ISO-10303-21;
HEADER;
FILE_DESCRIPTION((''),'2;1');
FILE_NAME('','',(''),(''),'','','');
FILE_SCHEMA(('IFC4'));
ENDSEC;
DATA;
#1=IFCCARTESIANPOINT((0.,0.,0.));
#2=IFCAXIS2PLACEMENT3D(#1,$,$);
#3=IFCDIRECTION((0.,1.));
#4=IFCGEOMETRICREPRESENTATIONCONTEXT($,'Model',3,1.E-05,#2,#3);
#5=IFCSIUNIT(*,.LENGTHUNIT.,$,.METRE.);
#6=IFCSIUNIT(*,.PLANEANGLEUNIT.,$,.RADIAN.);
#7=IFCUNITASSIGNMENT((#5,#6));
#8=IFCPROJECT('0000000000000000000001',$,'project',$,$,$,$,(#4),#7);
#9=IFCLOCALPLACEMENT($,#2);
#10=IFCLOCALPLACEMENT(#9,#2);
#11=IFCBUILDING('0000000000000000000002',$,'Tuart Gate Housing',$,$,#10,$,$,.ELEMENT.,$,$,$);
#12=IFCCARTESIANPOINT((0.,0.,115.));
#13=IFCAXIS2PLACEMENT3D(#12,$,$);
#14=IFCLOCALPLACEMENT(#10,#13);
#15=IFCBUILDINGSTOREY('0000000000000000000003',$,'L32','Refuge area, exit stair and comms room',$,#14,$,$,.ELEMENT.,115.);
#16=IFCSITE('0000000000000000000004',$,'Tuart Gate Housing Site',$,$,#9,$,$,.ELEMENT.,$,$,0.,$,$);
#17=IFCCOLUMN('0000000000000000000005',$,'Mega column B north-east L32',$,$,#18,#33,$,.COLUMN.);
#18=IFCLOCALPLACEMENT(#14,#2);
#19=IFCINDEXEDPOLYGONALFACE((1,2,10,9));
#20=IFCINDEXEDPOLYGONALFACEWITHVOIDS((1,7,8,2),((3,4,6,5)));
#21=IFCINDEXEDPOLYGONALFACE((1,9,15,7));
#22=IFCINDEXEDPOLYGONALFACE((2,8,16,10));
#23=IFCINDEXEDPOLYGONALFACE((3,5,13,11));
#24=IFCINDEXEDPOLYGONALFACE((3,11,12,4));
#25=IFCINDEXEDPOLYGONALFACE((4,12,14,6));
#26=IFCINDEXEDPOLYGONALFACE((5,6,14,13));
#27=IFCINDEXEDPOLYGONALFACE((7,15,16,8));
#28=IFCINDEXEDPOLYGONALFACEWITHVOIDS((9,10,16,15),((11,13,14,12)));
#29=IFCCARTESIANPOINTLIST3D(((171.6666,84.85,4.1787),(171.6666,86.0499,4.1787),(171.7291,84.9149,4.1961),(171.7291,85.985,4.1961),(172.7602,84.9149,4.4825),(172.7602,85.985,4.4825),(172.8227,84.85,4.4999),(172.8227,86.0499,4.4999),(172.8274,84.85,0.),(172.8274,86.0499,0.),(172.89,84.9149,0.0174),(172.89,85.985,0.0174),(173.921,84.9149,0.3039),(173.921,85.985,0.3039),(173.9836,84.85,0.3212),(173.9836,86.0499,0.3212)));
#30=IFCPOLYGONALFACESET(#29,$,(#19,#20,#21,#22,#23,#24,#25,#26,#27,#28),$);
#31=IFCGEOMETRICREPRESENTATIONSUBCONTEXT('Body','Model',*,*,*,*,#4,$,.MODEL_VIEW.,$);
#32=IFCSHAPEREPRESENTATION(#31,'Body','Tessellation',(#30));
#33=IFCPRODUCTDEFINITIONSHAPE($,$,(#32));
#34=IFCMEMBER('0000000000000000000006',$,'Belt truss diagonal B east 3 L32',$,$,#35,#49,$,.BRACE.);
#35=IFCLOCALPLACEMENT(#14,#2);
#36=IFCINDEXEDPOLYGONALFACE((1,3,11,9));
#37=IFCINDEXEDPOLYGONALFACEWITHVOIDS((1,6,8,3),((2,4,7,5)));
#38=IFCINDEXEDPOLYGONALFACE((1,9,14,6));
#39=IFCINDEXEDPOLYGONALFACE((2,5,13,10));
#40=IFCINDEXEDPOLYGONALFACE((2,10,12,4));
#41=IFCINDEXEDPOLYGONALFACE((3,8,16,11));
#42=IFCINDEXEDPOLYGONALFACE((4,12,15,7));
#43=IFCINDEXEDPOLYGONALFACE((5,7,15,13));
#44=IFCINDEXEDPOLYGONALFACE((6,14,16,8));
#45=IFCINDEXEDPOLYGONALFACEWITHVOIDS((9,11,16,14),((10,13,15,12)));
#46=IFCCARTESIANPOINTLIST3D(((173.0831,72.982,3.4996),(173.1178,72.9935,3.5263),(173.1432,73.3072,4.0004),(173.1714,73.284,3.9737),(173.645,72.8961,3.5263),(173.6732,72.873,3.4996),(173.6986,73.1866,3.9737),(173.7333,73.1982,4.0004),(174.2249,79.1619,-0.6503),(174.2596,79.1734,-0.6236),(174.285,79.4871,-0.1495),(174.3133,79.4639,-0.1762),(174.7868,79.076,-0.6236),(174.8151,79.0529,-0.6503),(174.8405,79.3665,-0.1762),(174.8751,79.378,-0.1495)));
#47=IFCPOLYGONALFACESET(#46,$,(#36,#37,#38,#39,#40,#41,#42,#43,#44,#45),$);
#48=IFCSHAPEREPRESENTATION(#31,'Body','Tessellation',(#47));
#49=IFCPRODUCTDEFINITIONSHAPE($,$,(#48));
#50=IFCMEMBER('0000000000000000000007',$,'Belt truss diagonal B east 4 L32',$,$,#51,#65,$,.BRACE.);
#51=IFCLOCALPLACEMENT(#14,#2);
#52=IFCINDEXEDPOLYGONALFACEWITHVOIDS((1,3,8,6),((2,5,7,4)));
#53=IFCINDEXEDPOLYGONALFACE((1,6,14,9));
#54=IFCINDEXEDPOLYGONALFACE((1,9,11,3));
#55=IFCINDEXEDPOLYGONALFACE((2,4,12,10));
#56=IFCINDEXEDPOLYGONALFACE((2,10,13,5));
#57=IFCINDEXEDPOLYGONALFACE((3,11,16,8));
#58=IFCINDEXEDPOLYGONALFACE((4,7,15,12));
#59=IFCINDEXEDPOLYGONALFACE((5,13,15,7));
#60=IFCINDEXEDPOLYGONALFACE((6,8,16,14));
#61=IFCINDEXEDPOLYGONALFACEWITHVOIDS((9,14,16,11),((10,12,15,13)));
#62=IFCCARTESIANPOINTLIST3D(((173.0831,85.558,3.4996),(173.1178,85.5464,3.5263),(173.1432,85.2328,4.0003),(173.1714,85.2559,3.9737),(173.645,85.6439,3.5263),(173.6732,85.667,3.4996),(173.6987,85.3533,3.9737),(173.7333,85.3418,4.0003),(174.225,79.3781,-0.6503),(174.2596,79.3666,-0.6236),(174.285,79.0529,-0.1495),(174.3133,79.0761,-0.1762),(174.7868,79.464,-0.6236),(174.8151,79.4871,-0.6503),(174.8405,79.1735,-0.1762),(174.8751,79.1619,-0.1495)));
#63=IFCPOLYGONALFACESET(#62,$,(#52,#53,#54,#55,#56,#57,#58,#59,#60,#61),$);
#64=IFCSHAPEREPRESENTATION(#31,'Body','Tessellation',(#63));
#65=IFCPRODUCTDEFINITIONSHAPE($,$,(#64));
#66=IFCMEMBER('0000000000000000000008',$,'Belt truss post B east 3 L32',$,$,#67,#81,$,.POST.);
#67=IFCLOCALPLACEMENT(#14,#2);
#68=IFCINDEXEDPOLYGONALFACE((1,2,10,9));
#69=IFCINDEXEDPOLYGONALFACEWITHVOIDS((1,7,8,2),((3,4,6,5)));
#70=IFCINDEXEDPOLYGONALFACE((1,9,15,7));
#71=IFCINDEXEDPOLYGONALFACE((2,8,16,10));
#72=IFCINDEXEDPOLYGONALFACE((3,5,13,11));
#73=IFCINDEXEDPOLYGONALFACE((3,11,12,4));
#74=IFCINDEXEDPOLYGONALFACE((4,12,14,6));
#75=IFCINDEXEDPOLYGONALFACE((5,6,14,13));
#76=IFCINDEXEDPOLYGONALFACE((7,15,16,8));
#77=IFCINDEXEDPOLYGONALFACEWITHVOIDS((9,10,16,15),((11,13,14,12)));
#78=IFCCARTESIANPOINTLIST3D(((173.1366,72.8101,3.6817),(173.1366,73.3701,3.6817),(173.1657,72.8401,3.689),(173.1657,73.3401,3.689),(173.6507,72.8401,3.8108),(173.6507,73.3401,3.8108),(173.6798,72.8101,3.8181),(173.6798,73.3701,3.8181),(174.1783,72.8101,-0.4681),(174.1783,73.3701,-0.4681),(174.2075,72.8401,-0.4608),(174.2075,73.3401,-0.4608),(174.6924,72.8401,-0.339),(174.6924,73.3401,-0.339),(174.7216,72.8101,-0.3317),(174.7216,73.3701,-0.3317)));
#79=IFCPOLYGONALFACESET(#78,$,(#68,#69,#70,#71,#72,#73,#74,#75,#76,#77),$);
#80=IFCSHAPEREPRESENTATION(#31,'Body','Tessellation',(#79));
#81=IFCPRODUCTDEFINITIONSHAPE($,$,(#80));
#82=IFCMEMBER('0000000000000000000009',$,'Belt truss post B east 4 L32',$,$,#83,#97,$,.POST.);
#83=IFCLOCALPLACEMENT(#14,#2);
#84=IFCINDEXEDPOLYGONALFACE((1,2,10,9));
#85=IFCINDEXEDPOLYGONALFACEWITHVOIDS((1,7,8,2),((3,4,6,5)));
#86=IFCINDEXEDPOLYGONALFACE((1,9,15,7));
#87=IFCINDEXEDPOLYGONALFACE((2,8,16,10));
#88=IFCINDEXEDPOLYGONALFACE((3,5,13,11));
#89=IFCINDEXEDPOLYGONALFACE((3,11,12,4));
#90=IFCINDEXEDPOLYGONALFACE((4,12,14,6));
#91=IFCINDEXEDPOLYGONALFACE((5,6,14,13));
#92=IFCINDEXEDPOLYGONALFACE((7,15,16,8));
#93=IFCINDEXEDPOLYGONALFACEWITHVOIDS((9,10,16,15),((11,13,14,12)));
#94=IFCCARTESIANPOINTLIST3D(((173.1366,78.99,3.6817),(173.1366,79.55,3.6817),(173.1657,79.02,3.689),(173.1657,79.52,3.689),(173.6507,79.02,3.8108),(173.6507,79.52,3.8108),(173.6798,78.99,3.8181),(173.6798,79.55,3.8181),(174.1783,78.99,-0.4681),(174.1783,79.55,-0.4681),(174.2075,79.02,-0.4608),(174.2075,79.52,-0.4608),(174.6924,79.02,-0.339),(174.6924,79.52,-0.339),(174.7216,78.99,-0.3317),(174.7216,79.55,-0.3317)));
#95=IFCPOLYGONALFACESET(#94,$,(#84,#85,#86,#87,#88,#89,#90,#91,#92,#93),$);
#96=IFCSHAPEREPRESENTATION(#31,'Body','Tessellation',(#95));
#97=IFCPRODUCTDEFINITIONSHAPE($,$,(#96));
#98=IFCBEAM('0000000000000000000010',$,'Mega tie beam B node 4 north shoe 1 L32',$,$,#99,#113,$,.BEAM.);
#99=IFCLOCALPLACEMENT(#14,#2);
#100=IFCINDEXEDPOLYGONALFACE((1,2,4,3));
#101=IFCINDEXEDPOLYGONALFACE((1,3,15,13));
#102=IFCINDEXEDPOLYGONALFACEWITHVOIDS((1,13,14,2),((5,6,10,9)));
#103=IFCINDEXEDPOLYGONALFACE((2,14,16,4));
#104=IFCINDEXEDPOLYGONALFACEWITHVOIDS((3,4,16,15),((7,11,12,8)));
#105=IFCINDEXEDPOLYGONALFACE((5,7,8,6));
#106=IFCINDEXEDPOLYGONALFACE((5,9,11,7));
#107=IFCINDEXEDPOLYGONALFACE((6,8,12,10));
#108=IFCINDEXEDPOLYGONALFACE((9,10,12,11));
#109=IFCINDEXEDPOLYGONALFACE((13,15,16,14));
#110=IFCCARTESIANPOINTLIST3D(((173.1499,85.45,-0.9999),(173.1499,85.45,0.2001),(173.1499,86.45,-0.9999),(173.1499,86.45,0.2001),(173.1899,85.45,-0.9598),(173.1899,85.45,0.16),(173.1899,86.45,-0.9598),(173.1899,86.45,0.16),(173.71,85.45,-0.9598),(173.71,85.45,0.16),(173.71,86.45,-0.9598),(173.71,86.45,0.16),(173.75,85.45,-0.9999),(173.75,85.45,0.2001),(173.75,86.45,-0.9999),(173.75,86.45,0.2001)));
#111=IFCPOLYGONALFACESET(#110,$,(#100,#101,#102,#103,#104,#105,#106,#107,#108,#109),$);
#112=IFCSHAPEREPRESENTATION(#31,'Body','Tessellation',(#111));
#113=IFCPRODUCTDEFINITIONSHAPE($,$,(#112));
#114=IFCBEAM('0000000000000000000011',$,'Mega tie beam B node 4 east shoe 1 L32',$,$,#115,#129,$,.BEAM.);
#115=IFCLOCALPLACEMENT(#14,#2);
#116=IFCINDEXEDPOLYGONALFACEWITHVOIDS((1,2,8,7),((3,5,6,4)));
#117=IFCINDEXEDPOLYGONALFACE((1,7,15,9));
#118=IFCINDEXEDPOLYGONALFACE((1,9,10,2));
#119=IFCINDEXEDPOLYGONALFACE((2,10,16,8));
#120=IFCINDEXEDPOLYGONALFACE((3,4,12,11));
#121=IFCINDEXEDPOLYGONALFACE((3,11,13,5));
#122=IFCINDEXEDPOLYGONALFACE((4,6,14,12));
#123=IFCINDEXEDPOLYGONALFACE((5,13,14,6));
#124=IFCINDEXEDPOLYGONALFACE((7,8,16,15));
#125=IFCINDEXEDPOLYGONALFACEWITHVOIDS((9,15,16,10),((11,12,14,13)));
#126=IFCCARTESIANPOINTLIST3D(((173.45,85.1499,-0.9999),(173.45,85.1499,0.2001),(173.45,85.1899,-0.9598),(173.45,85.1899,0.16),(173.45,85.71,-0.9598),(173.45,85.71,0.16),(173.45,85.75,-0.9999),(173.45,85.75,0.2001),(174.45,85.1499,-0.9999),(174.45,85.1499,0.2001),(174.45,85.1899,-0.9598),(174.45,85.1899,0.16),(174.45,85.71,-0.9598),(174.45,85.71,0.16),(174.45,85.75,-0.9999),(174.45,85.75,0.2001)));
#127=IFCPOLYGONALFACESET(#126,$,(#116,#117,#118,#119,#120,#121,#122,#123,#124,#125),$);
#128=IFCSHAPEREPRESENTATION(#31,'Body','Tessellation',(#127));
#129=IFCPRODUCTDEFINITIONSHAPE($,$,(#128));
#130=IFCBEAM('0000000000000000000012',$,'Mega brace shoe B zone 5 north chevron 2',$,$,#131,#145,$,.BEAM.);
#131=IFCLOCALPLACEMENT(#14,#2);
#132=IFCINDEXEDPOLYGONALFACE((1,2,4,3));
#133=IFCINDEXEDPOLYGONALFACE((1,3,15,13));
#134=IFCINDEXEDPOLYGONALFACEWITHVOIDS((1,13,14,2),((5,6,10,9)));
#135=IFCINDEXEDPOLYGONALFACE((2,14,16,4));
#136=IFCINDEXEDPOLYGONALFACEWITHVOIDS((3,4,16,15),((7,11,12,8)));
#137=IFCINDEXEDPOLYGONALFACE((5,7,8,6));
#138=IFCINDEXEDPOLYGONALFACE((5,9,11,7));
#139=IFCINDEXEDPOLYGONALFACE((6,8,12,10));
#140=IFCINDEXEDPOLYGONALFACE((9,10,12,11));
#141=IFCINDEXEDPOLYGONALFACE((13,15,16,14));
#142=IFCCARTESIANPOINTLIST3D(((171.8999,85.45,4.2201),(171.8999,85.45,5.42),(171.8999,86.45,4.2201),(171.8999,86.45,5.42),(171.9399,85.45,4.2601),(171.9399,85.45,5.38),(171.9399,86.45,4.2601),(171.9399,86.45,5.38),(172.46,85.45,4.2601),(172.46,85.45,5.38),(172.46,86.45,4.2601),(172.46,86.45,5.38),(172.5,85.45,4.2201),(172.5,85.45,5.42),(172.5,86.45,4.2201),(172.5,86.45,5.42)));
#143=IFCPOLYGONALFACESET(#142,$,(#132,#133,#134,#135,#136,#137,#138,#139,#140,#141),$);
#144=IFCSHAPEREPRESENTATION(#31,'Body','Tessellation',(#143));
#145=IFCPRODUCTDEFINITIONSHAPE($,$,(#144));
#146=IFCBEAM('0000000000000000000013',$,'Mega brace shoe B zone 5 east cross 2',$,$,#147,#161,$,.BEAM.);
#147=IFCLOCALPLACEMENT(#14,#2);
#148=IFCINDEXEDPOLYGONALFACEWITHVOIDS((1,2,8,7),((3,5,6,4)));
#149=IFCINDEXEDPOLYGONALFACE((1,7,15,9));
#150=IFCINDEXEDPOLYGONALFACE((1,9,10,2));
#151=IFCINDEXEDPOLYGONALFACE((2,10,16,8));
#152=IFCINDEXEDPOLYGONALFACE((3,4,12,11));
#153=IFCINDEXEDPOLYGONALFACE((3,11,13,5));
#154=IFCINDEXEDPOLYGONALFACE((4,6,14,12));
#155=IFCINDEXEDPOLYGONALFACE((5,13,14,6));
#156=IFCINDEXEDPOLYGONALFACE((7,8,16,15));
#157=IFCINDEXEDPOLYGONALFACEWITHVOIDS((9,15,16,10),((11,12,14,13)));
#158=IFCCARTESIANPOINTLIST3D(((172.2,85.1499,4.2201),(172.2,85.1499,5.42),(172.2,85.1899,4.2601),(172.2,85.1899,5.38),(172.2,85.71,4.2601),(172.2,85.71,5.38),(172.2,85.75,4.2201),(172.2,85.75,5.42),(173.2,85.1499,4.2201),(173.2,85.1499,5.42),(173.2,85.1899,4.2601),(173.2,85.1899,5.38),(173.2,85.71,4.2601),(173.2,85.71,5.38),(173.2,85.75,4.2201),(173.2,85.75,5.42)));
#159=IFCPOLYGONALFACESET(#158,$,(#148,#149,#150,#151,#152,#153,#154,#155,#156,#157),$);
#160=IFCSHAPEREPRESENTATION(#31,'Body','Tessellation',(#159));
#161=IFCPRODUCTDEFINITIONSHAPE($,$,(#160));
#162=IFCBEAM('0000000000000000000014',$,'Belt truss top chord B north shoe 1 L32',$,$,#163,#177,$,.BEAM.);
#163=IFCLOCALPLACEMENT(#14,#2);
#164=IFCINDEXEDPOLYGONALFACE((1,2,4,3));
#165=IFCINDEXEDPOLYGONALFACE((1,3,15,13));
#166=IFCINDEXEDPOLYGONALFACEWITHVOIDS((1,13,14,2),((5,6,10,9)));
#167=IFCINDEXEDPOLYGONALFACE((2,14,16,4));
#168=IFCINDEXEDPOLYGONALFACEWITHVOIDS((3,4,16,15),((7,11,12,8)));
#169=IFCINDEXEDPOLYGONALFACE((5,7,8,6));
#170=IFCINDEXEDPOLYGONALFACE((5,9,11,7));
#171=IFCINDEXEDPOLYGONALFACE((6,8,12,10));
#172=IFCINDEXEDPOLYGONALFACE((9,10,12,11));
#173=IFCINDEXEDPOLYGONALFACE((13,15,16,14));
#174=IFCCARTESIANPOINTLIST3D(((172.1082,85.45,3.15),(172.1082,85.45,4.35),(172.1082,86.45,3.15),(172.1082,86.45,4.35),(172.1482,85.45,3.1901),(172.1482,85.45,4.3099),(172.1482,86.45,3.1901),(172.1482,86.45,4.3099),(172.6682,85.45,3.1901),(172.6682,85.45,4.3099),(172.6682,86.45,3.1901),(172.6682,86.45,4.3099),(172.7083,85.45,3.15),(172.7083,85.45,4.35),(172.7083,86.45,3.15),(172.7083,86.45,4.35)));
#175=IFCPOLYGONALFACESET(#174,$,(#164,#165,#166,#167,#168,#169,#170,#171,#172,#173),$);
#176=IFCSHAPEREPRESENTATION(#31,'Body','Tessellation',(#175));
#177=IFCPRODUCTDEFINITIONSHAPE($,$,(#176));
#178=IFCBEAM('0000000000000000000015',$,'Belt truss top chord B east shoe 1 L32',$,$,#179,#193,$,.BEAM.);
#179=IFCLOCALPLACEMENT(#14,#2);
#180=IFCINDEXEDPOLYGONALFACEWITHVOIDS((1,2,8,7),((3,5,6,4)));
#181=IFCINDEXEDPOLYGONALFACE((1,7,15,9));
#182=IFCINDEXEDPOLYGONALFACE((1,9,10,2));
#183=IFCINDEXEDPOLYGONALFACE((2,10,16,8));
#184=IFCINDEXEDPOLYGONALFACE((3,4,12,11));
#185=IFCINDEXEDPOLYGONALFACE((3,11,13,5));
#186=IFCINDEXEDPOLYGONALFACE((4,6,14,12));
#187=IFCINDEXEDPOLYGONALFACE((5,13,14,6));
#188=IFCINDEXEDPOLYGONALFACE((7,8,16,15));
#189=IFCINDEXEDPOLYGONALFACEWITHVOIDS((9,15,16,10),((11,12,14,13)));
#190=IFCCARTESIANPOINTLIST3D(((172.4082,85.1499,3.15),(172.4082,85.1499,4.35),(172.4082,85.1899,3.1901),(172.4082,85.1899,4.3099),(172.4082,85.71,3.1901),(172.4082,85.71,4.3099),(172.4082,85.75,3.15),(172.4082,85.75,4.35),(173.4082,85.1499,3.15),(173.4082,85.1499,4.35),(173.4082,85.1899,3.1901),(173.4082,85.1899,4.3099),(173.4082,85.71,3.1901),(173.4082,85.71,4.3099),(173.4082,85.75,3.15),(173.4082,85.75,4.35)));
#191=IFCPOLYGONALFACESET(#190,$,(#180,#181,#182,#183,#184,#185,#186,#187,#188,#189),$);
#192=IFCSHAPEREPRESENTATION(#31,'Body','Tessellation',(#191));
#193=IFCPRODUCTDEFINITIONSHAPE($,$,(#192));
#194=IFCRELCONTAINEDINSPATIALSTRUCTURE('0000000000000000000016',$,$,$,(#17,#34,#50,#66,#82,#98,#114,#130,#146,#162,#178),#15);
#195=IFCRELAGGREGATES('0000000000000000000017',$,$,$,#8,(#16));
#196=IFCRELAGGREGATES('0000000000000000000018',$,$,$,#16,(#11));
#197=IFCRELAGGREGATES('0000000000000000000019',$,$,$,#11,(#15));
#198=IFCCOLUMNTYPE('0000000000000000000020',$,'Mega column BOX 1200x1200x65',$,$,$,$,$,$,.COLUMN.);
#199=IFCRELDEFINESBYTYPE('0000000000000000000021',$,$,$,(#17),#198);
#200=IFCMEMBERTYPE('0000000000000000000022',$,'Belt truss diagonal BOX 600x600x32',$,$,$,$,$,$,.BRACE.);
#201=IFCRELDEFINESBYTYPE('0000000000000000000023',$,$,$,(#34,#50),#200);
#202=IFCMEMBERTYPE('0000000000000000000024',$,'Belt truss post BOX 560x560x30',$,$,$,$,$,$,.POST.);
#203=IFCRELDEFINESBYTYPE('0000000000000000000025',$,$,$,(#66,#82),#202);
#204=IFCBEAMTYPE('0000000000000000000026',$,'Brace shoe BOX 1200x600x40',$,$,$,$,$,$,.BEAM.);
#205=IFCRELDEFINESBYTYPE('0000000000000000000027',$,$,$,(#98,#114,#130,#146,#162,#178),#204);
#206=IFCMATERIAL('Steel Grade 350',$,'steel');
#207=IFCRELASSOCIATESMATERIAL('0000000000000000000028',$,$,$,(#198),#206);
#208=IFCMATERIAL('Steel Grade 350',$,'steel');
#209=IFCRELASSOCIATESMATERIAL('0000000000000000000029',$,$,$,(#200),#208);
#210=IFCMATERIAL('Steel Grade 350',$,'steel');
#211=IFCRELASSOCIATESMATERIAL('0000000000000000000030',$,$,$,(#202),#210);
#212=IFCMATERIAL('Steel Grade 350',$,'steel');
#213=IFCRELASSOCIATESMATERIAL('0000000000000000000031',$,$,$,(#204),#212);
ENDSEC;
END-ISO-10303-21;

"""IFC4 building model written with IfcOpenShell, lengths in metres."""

from ifc_helpers import new_model, si_unit, direction, frame, origin, origin_2d, place, context, subcontext, project, spatial, hollow_rectangle, extrude, material, material_profile, profile_set, type_object, element, save


model = new_model("IFC4")

# Units and contexts
model_context = context("Model", 3, precision=1e-05, world=origin(), true_north=direction((0.0, 1.0)))
body_context = subcontext(model_context, "Body", "Model", "MODEL_VIEW")
ifc_project = project(units=[si_unit("LENGTHUNIT", "METRE"), si_unit("PLANEANGLEUNIT", "RADIAN")], contexts=[model_context])

# Site, building, storey
site_placement = place(None, origin())
site = spatial("IfcSite", under=ifc_project, at=site_placement, Name="Tuart Gate Housing Site", CompositionType="ELEMENT", RefElevation=0.0)
building_placement = place(site_placement, origin())
building = spatial("IfcBuilding", under=site, at=building_placement, Name="Tuart Gate Housing", CompositionType="ELEMENT")
storey_placement = place(building_placement, frame((0.0, 0.0, 115.0)))
storey = spatial("IfcBuildingStorey", under=building, at=storey_placement, Name="L32", Description="Refuge area, exit stair and comms room", CompositionType="ELEMENT", Elevation=115.0)

# Column
ifc_material_1 = material(Name="Steel Grade 350", Category="steel")
ifc_material_profile_1 = material_profile(ifc_material_1, hollow_rectangle(XDim=1.2, YDim=1.2, WallThickness=0.0649, at=origin_2d()), Name="BOX 1200x1200x65")
ifc_profile_set_1 = profile_set([ifc_material_profile_1], Name="Steel Grade 350")
column_type = type_object("IfcColumnType", Name="Mega column BOX 1200x1200x65", PredefinedType="COLUMN", material=ifc_profile_set_1)
column_placement = place(storey_placement, frame((173.4055, 85.45, 0.1606), z_axis=(-0.267673, 0.0, 0.96351), x_axis=(0.0, -1.0, 0.0)))
element("IfcColumn", 1, at=column_placement, inside=storey, type_object=column_type, Name="Mega column B north-east L32", PredefinedType="COLUMN", context=body_context, shape_type="SweptSolid", body=[
    extrude(hollow_rectangle(XDim=1.2, YDim=1.2, WallThickness=0.0649, at=origin_2d()), origin(), (0.0, 0.0, 1.0), 4.3369),
])

# Members
ifc_material_2 = material(Name="Steel Grade 350", Category="steel")
ifc_material_profile_2 = material_profile(ifc_material_2, hollow_rectangle(XDim=0.6001, YDim=0.6001, WallThickness=0.032, at=origin_2d()), Name="BOX 600x600x32")
ifc_profile_set_2 = profile_set([ifc_material_profile_2], Name="Steel Grade 350")
member_type_1 = type_object("IfcMemberType", Name="Belt truss diagonal BOX 600x600x32", PredefinedType="BRACE", material=ifc_profile_set_2)
for number, where, z_axis, x_axis, name in (
    (2, (173.4082, 73.0901, 3.75), (0.151618, 0.820591, -0.551037), (-0.983356, 0.181691, 0.0), "Belt truss diagonal B east 3 L32"),
    (3, (174.55, 79.27, -0.3999), (-0.151618, 0.820591, 0.551037), (-0.983356, -0.181691, 0.0), "Belt truss diagonal B east 4 L32"),
):
    element("IfcMember", number, at=place(storey_placement, frame(where, z_axis=z_axis, x_axis=x_axis)), inside=storey, type_object=member_type_1, Name=name, PredefinedType="BRACE", context=body_context, shape_type="SweptSolid", body=[
        extrude(hollow_rectangle(XDim=0.6001, YDim=0.6001, WallThickness=0.032, at=origin_2d()), origin(), (0.0, 0.0, 1.0), 7.531),
    ])
ifc_material_3 = material(Name="Steel Grade 350", Category="steel")
ifc_material_profile_3 = material_profile(ifc_material_3, hollow_rectangle(XDim=0.5601, YDim=0.5601, WallThickness=0.03, at=origin_2d()), Name="BOX 560x560x30")
ifc_profile_set_3 = profile_set([ifc_material_profile_3], Name="Steel Grade 350")
member_type_2 = type_object("IfcMemberType", Name="Belt truss post BOX 560x560x30", PredefinedType="POST", material=ifc_profile_set_3)
for number, where, z_axis, x_axis, name in (
    (4, (174.45, 73.0901, -0.3999), (-0.243475, 0.0, 0.969907), (0.0, -1.0, 0.0), "Belt truss post B east 3 L32"),
    (5, (174.45, 79.27, -0.3999), (-0.243475, 0.0, 0.969907), (0.0, -1.0, 0.0), "Belt truss post B east 4 L32"),
):
    element("IfcMember", number, at=place(storey_placement, frame(where, z_axis=z_axis, x_axis=x_axis)), inside=storey, type_object=member_type_2, Name=name, PredefinedType="POST", context=body_context, shape_type="SweptSolid", body=[
        extrude(hollow_rectangle(XDim=0.5601, YDim=0.5601, WallThickness=0.03, at=origin_2d()), origin(), (0.0, 0.0, 1.0), 4.2786),
    ])

# Beams
ifc_material_4 = material(Name="Steel Grade 350", Category="steel")
ifc_material_profile_4 = material_profile(ifc_material_4, hollow_rectangle(XDim=0.6001, YDim=1.2, WallThickness=0.04, at=origin_2d()), Name="BOX 1200x600x40")
ifc_profile_set_4 = profile_set([ifc_material_profile_4], Name="Steel Grade 350")
beam_type = type_object("IfcBeamType", Name="Brace shoe BOX 1200x600x40", PredefinedType="BEAM", material=ifc_profile_set_4)
for number, where, z_axis, x_axis, name in (
    (6, (173.45, 85.45, -0.3999), (0.0, 1.0, 0.0), (-1.0, 0.0, 0.0), "Mega tie beam B node 4 north shoe 1 L32"),
    (7, (173.45, 85.45, -0.3999), (1.0, 0.0, 0.0), (0.0, 1.0, 0.0), "Mega tie beam B node 4 east shoe 1 L32"),
    (8, (172.2, 85.45, 4.8201), (0.0, 1.0, 0.0), (-1.0, 0.0, 0.0), "Mega brace shoe B zone 5 north chevron 2"),
    (9, (172.2, 85.45, 4.8201), (1.0, 0.0, 0.0), (0.0, 1.0, 0.0), "Mega brace shoe B zone 5 east cross 2"),
    (10, (172.4082, 85.45, 3.75), (0.0, 1.0, 0.0), (-1.0, 0.0, 0.0), "Belt truss top chord B north shoe 1 L32"),
    (11, (172.4082, 85.45, 3.75), (1.0, 0.0, 0.0), (0.0, 1.0, 0.0), "Belt truss top chord B east shoe 1 L32"),
):
    element("IfcBeam", number, at=place(storey_placement, frame(where, z_axis=z_axis, x_axis=x_axis)), inside=storey, type_object=beam_type, Name=name, PredefinedType="BEAM", context=body_context, shape_type="SweptSolid", body=[
        extrude(hollow_rectangle(XDim=0.6001, YDim=1.2, WallThickness=0.04, at=origin_2d()), origin(), (0.0, 0.0, 1.0), 1.0),
    ])

save(model, "model.ifc")
